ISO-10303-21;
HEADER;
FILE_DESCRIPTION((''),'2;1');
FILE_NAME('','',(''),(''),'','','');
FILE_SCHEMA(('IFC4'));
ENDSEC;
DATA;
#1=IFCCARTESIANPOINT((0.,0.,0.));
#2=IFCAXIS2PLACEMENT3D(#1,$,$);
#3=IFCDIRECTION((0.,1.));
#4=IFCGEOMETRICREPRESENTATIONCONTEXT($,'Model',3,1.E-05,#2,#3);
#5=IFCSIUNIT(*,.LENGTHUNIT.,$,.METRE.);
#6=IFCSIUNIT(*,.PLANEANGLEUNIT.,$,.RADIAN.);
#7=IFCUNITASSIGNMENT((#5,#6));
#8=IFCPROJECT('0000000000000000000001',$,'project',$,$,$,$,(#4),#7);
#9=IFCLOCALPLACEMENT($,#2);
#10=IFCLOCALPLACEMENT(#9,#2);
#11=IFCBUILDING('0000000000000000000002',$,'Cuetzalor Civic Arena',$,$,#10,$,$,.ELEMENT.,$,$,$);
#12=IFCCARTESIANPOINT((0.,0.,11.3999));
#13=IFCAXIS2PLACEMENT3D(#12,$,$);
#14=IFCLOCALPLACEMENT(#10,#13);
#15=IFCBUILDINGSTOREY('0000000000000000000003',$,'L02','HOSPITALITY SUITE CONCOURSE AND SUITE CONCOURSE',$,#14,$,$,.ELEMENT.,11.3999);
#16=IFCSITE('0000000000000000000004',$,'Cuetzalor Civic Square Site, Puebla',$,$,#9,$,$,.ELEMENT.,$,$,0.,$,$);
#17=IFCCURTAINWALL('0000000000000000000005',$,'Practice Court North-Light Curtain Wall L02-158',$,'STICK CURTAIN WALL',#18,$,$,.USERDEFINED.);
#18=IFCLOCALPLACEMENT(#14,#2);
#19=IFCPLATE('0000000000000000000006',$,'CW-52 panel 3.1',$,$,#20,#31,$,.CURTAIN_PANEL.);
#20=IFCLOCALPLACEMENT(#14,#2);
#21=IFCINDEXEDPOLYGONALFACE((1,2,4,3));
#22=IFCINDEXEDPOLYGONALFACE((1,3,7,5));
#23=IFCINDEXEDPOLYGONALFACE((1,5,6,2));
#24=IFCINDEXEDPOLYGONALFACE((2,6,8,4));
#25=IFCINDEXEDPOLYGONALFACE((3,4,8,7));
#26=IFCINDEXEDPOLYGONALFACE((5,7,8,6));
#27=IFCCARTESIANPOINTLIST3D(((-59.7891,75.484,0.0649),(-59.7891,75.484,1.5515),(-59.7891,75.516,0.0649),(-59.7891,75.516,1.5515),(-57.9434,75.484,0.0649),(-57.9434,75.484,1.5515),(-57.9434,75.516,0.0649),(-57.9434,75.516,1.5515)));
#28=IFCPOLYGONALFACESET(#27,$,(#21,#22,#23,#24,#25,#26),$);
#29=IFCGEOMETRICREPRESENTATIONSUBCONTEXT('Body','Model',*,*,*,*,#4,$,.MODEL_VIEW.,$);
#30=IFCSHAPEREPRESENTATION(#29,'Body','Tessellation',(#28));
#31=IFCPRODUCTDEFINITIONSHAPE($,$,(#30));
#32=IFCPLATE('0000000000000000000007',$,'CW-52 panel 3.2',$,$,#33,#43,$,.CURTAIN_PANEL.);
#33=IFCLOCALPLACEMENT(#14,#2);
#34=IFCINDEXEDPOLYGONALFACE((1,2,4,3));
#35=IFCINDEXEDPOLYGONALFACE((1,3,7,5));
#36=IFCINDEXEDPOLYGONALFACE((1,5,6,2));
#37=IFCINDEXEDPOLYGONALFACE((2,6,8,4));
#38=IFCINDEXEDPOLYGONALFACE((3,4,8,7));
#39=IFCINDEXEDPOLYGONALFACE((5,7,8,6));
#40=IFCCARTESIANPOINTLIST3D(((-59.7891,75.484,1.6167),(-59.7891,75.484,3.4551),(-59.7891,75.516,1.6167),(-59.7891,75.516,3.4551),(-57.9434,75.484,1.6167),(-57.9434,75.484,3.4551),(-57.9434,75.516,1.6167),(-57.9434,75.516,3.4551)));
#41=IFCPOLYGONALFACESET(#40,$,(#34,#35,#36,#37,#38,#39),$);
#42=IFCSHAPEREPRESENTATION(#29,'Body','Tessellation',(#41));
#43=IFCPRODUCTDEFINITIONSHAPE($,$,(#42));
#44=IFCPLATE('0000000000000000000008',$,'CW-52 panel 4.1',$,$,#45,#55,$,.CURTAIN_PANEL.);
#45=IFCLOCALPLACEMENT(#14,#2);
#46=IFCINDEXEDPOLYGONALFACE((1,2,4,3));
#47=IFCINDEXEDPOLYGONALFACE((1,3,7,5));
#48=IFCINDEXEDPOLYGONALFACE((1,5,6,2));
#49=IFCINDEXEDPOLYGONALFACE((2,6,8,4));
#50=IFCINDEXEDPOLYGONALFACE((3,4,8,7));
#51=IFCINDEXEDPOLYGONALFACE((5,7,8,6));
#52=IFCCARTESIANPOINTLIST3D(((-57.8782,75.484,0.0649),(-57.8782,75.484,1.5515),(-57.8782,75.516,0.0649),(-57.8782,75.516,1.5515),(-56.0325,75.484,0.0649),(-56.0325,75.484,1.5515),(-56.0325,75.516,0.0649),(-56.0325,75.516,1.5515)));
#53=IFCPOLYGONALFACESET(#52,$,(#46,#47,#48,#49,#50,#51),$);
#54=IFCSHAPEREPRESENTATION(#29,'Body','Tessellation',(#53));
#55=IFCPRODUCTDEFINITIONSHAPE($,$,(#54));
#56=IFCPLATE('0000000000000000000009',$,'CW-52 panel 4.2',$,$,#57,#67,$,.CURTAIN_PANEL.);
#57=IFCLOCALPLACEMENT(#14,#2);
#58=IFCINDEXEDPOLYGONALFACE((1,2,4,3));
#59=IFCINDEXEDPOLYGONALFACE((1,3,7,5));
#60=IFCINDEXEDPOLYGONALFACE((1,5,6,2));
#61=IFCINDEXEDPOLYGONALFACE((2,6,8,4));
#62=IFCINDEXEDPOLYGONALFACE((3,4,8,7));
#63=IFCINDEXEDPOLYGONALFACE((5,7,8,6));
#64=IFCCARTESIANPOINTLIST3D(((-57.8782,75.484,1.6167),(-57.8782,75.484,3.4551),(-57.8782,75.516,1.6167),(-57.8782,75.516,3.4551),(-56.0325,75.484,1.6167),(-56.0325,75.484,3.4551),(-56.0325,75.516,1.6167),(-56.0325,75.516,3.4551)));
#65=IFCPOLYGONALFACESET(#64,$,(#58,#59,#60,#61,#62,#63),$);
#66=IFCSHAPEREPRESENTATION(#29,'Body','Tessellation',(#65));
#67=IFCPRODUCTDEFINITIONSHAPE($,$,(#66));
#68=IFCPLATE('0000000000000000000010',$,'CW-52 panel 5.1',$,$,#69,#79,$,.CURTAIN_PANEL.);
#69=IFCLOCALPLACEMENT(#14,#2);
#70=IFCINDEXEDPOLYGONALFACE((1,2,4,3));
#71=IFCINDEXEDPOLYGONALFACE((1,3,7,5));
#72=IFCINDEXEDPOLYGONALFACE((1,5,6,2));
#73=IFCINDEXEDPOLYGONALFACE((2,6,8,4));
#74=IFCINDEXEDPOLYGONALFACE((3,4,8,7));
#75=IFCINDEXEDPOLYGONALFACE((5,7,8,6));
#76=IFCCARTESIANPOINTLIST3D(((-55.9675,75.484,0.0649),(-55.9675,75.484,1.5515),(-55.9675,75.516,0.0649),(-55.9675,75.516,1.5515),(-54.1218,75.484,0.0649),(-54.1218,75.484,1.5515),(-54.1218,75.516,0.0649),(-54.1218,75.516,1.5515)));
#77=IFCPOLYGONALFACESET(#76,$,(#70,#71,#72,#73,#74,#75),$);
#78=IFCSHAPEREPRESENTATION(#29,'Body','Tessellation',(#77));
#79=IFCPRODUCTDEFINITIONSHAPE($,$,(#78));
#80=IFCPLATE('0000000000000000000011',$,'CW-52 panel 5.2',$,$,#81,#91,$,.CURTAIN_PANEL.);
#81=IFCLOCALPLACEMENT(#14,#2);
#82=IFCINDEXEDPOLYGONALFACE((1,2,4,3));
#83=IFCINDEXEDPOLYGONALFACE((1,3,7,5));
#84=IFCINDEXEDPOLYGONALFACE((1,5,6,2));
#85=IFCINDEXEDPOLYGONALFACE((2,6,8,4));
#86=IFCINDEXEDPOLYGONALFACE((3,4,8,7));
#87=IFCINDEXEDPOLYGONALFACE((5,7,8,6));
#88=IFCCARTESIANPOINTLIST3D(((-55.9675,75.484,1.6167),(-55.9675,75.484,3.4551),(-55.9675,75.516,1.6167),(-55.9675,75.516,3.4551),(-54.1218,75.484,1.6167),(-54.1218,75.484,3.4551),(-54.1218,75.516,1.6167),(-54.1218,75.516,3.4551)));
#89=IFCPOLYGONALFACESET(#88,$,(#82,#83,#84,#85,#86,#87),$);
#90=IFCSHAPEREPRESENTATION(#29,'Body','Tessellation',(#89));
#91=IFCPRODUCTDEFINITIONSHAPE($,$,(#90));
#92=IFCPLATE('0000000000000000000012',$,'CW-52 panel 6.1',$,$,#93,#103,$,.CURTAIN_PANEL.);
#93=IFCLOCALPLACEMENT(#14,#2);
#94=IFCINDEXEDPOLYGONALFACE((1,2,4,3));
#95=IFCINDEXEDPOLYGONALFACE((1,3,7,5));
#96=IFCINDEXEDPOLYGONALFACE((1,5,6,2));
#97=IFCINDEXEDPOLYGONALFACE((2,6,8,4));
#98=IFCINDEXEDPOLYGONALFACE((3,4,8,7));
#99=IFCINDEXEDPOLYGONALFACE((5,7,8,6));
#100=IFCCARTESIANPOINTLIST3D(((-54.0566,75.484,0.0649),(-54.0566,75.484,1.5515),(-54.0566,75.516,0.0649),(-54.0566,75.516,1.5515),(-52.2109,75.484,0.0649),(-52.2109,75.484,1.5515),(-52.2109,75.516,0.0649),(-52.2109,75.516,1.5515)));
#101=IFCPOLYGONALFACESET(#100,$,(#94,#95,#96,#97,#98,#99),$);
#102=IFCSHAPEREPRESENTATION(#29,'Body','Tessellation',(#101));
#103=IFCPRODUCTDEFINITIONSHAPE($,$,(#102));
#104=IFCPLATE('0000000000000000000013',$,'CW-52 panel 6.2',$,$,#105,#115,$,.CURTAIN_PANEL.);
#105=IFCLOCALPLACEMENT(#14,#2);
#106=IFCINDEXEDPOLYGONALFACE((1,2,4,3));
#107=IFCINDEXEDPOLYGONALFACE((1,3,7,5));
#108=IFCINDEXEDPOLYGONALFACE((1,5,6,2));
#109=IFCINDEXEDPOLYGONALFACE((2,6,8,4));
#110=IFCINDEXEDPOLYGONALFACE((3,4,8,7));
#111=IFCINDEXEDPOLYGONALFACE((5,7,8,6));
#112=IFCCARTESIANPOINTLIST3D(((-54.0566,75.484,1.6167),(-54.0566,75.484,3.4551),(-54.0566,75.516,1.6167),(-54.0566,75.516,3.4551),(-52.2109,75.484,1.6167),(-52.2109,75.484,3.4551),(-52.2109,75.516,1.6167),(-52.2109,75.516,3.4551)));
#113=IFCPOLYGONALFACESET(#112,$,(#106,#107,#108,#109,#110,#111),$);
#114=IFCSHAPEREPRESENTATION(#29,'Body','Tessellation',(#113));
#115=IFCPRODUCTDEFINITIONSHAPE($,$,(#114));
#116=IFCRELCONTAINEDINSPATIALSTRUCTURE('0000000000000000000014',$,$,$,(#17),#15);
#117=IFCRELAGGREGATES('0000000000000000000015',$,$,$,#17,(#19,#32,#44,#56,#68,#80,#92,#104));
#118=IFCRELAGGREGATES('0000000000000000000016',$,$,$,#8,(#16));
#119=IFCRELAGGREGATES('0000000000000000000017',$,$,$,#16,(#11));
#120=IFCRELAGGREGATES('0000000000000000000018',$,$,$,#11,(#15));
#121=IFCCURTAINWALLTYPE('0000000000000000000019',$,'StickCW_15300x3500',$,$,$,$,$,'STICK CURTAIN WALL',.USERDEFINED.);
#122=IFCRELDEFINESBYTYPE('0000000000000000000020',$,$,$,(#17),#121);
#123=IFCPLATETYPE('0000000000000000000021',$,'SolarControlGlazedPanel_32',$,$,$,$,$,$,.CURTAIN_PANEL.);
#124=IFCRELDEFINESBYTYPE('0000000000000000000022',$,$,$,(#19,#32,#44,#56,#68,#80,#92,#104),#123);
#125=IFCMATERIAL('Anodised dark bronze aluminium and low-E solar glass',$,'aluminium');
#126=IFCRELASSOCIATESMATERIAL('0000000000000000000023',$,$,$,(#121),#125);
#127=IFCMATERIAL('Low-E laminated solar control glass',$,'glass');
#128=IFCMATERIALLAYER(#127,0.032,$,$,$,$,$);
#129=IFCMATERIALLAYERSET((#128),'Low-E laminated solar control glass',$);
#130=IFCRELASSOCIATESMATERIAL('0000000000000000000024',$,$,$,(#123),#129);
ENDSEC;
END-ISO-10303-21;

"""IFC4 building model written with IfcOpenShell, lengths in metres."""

from ifc_helpers import new_model, si_unit, direction, frame, origin, origin_2d, place, context, subcontext, project, spatial, rectangle, extrude, material, layer, layer_set, type_object, element, aggregate, save


model = new_model("IFC4")

# Units and contexts
model_context = context("Model", 3, precision=1e-05, world=origin(), true_north=direction((0.0, 1.0)))
body_context = subcontext(model_context, "Body", "Model", "MODEL_VIEW")
ifc_project = project(units=[si_unit("LENGTHUNIT", "METRE"), si_unit("PLANEANGLEUNIT", "RADIAN")], contexts=[model_context])

# Site, building, storey
site_placement = place(None, origin())
site = spatial("IfcSite", under=ifc_project, at=site_placement, Name="Cuetzalor Civic Square Site, Puebla", CompositionType="ELEMENT", RefElevation=0.0)
building_placement = place(site_placement, origin())
building = spatial("IfcBuilding", under=site, at=building_placement, Name="Cuetzalor Civic Arena", CompositionType="ELEMENT")
storey_placement = place(building_placement, frame((0.0, 0.0, 11.3999)))
storey = spatial("IfcBuildingStorey", under=building, at=storey_placement, Name="L02", Description="HOSPITALITY SUITE CONCOURSE AND SUITE CONCOURSE", CompositionType="ELEMENT", Elevation=11.3999)

# Curtain wall, plates
ifc_material_1 = material(Name="Anodised dark bronze aluminium and low-E solar glass", Category="aluminium")
curtain_wall_type = type_object("IfcCurtainWallType", Name="StickCW_15300x3500", ElementType="STICK CURTAIN WALL", PredefinedType="USERDEFINED", material=ifc_material_1)
curtain_wall_placement = place(storey_placement, origin())
curtain_wall = element("IfcCurtainWall", 1, at=curtain_wall_placement, inside=storey, type_object=curtain_wall_type, Name="Practice Court North-Light Curtain Wall L02-158", ObjectType="STICK CURTAIN WALL", PredefinedType="USERDEFINED")
ifc_material_2 = material(Name="Low-E laminated solar control glass", Category="glass")
ifc_layer = layer(ifc_material_2, 0.032)
ifc_layer_set = layer_set([ifc_layer], Name="Low-E laminated solar control glass")
plate_type = type_object("IfcPlateType", Name="SolarControlGlazedPanel_32", PredefinedType="CURTAIN_PANEL", material=ifc_layer_set)
plate_1_placement = place(storey_placement, frame((-58.8662, 75.5, 0.0649), z_axis=(0.0, 0.0, 1.0), x_axis=(1.0, 0.0, 0.0)))
plate_1 = element("IfcPlate", 2, at=plate_1_placement, type_object=plate_type, Name="CW-52 panel 3.1", PredefinedType="CURTAIN_PANEL", context=body_context, shape_type="SweptSolid", body=[
    extrude(rectangle(XDim=1.8457, YDim=0.032, at=origin_2d()), origin(), (0.0, 0.0, 1.0), 1.4866),
])
plate_2_placement = place(storey_placement, frame((-58.8662, 75.5, 1.6167), z_axis=(0.0, 0.0, 1.0), x_axis=(1.0, 0.0, 0.0)))
plate_2 = element("IfcPlate", 3, at=plate_2_placement, type_object=plate_type, Name="CW-52 panel 3.2", PredefinedType="CURTAIN_PANEL", context=body_context, shape_type="SweptSolid", body=[
    extrude(rectangle(XDim=1.8457, YDim=0.032, at=origin_2d()), origin(), (0.0, 0.0, 1.0), 1.8384),
])
plate_3_placement = place(storey_placement, frame((-56.9553, 75.5, 0.0649), z_axis=(0.0, 0.0, 1.0), x_axis=(1.0, 0.0, 0.0)))
plate_3 = element("IfcPlate", 4, at=plate_3_placement, type_object=plate_type, Name="CW-52 panel 4.1", PredefinedType="CURTAIN_PANEL", context=body_context, shape_type="SweptSolid", body=[
    extrude(rectangle(XDim=1.8457, YDim=0.032, at=origin_2d()), origin(), (0.0, 0.0, 1.0), 1.4866),
])
plate_4_placement = place(storey_placement, frame((-56.9553, 75.5, 1.6167), z_axis=(0.0, 0.0, 1.0), x_axis=(1.0, 0.0, 0.0)))
plate_4 = element("IfcPlate", 5, at=plate_4_placement, type_object=plate_type, Name="CW-52 panel 4.2", PredefinedType="CURTAIN_PANEL", context=body_context, shape_type="SweptSolid", body=[
    extrude(rectangle(XDim=1.8457, YDim=0.032, at=origin_2d()), origin(), (0.0, 0.0, 1.0), 1.8384),
])
plate_5_placement = place(storey_placement, frame((-55.0447, 75.5, 0.0649), z_axis=(0.0, 0.0, 1.0), x_axis=(1.0, 0.0, 0.0)))
plate_5 = element("IfcPlate", 6, at=plate_5_placement, type_object=plate_type, Name="CW-52 panel 5.1", PredefinedType="CURTAIN_PANEL", context=body_context, shape_type="SweptSolid", body=[
    extrude(rectangle(XDim=1.8457, YDim=0.032, at=origin_2d()), origin(), (0.0, 0.0, 1.0), 1.4866),
])
plate_6_placement = place(storey_placement, frame((-55.0447, 75.5, 1.6167), z_axis=(0.0, 0.0, 1.0), x_axis=(1.0, 0.0, 0.0)))
plate_6 = element("IfcPlate", 7, at=plate_6_placement, type_object=plate_type, Name="CW-52 panel 5.2", PredefinedType="CURTAIN_PANEL", context=body_context, shape_type="SweptSolid", body=[
    extrude(rectangle(XDim=1.8457, YDim=0.032, at=origin_2d()), origin(), (0.0, 0.0, 1.0), 1.8384),
])
plate_7_placement = place(storey_placement, frame((-53.1338, 75.5, 0.0649), z_axis=(0.0, 0.0, 1.0), x_axis=(1.0, 0.0, 0.0)))
plate_7 = element("IfcPlate", 8, at=plate_7_placement, type_object=plate_type, Name="CW-52 panel 6.1", PredefinedType="CURTAIN_PANEL", context=body_context, shape_type="SweptSolid", body=[
    extrude(rectangle(XDim=1.8457, YDim=0.032, at=origin_2d()), origin(), (0.0, 0.0, 1.0), 1.4866),
])
plate_8_placement = place(storey_placement, frame((-53.1338, 75.5, 1.6167), z_axis=(0.0, 0.0, 1.0), x_axis=(1.0, 0.0, 0.0)))
plate_8 = element("IfcPlate", 9, at=plate_8_placement, type_object=plate_type, Name="CW-52 panel 6.2", PredefinedType="CURTAIN_PANEL", context=body_context, shape_type="SweptSolid", body=[
    extrude(rectangle(XDim=1.8457, YDim=0.032, at=origin_2d()), origin(), (0.0, 0.0, 1.0), 1.8384),
])
aggregate(curtain_wall, [plate_1, plate_2, plate_3, plate_4, plate_5, plate_6, plate_7, plate_8])

save(model, "model.ifc")
